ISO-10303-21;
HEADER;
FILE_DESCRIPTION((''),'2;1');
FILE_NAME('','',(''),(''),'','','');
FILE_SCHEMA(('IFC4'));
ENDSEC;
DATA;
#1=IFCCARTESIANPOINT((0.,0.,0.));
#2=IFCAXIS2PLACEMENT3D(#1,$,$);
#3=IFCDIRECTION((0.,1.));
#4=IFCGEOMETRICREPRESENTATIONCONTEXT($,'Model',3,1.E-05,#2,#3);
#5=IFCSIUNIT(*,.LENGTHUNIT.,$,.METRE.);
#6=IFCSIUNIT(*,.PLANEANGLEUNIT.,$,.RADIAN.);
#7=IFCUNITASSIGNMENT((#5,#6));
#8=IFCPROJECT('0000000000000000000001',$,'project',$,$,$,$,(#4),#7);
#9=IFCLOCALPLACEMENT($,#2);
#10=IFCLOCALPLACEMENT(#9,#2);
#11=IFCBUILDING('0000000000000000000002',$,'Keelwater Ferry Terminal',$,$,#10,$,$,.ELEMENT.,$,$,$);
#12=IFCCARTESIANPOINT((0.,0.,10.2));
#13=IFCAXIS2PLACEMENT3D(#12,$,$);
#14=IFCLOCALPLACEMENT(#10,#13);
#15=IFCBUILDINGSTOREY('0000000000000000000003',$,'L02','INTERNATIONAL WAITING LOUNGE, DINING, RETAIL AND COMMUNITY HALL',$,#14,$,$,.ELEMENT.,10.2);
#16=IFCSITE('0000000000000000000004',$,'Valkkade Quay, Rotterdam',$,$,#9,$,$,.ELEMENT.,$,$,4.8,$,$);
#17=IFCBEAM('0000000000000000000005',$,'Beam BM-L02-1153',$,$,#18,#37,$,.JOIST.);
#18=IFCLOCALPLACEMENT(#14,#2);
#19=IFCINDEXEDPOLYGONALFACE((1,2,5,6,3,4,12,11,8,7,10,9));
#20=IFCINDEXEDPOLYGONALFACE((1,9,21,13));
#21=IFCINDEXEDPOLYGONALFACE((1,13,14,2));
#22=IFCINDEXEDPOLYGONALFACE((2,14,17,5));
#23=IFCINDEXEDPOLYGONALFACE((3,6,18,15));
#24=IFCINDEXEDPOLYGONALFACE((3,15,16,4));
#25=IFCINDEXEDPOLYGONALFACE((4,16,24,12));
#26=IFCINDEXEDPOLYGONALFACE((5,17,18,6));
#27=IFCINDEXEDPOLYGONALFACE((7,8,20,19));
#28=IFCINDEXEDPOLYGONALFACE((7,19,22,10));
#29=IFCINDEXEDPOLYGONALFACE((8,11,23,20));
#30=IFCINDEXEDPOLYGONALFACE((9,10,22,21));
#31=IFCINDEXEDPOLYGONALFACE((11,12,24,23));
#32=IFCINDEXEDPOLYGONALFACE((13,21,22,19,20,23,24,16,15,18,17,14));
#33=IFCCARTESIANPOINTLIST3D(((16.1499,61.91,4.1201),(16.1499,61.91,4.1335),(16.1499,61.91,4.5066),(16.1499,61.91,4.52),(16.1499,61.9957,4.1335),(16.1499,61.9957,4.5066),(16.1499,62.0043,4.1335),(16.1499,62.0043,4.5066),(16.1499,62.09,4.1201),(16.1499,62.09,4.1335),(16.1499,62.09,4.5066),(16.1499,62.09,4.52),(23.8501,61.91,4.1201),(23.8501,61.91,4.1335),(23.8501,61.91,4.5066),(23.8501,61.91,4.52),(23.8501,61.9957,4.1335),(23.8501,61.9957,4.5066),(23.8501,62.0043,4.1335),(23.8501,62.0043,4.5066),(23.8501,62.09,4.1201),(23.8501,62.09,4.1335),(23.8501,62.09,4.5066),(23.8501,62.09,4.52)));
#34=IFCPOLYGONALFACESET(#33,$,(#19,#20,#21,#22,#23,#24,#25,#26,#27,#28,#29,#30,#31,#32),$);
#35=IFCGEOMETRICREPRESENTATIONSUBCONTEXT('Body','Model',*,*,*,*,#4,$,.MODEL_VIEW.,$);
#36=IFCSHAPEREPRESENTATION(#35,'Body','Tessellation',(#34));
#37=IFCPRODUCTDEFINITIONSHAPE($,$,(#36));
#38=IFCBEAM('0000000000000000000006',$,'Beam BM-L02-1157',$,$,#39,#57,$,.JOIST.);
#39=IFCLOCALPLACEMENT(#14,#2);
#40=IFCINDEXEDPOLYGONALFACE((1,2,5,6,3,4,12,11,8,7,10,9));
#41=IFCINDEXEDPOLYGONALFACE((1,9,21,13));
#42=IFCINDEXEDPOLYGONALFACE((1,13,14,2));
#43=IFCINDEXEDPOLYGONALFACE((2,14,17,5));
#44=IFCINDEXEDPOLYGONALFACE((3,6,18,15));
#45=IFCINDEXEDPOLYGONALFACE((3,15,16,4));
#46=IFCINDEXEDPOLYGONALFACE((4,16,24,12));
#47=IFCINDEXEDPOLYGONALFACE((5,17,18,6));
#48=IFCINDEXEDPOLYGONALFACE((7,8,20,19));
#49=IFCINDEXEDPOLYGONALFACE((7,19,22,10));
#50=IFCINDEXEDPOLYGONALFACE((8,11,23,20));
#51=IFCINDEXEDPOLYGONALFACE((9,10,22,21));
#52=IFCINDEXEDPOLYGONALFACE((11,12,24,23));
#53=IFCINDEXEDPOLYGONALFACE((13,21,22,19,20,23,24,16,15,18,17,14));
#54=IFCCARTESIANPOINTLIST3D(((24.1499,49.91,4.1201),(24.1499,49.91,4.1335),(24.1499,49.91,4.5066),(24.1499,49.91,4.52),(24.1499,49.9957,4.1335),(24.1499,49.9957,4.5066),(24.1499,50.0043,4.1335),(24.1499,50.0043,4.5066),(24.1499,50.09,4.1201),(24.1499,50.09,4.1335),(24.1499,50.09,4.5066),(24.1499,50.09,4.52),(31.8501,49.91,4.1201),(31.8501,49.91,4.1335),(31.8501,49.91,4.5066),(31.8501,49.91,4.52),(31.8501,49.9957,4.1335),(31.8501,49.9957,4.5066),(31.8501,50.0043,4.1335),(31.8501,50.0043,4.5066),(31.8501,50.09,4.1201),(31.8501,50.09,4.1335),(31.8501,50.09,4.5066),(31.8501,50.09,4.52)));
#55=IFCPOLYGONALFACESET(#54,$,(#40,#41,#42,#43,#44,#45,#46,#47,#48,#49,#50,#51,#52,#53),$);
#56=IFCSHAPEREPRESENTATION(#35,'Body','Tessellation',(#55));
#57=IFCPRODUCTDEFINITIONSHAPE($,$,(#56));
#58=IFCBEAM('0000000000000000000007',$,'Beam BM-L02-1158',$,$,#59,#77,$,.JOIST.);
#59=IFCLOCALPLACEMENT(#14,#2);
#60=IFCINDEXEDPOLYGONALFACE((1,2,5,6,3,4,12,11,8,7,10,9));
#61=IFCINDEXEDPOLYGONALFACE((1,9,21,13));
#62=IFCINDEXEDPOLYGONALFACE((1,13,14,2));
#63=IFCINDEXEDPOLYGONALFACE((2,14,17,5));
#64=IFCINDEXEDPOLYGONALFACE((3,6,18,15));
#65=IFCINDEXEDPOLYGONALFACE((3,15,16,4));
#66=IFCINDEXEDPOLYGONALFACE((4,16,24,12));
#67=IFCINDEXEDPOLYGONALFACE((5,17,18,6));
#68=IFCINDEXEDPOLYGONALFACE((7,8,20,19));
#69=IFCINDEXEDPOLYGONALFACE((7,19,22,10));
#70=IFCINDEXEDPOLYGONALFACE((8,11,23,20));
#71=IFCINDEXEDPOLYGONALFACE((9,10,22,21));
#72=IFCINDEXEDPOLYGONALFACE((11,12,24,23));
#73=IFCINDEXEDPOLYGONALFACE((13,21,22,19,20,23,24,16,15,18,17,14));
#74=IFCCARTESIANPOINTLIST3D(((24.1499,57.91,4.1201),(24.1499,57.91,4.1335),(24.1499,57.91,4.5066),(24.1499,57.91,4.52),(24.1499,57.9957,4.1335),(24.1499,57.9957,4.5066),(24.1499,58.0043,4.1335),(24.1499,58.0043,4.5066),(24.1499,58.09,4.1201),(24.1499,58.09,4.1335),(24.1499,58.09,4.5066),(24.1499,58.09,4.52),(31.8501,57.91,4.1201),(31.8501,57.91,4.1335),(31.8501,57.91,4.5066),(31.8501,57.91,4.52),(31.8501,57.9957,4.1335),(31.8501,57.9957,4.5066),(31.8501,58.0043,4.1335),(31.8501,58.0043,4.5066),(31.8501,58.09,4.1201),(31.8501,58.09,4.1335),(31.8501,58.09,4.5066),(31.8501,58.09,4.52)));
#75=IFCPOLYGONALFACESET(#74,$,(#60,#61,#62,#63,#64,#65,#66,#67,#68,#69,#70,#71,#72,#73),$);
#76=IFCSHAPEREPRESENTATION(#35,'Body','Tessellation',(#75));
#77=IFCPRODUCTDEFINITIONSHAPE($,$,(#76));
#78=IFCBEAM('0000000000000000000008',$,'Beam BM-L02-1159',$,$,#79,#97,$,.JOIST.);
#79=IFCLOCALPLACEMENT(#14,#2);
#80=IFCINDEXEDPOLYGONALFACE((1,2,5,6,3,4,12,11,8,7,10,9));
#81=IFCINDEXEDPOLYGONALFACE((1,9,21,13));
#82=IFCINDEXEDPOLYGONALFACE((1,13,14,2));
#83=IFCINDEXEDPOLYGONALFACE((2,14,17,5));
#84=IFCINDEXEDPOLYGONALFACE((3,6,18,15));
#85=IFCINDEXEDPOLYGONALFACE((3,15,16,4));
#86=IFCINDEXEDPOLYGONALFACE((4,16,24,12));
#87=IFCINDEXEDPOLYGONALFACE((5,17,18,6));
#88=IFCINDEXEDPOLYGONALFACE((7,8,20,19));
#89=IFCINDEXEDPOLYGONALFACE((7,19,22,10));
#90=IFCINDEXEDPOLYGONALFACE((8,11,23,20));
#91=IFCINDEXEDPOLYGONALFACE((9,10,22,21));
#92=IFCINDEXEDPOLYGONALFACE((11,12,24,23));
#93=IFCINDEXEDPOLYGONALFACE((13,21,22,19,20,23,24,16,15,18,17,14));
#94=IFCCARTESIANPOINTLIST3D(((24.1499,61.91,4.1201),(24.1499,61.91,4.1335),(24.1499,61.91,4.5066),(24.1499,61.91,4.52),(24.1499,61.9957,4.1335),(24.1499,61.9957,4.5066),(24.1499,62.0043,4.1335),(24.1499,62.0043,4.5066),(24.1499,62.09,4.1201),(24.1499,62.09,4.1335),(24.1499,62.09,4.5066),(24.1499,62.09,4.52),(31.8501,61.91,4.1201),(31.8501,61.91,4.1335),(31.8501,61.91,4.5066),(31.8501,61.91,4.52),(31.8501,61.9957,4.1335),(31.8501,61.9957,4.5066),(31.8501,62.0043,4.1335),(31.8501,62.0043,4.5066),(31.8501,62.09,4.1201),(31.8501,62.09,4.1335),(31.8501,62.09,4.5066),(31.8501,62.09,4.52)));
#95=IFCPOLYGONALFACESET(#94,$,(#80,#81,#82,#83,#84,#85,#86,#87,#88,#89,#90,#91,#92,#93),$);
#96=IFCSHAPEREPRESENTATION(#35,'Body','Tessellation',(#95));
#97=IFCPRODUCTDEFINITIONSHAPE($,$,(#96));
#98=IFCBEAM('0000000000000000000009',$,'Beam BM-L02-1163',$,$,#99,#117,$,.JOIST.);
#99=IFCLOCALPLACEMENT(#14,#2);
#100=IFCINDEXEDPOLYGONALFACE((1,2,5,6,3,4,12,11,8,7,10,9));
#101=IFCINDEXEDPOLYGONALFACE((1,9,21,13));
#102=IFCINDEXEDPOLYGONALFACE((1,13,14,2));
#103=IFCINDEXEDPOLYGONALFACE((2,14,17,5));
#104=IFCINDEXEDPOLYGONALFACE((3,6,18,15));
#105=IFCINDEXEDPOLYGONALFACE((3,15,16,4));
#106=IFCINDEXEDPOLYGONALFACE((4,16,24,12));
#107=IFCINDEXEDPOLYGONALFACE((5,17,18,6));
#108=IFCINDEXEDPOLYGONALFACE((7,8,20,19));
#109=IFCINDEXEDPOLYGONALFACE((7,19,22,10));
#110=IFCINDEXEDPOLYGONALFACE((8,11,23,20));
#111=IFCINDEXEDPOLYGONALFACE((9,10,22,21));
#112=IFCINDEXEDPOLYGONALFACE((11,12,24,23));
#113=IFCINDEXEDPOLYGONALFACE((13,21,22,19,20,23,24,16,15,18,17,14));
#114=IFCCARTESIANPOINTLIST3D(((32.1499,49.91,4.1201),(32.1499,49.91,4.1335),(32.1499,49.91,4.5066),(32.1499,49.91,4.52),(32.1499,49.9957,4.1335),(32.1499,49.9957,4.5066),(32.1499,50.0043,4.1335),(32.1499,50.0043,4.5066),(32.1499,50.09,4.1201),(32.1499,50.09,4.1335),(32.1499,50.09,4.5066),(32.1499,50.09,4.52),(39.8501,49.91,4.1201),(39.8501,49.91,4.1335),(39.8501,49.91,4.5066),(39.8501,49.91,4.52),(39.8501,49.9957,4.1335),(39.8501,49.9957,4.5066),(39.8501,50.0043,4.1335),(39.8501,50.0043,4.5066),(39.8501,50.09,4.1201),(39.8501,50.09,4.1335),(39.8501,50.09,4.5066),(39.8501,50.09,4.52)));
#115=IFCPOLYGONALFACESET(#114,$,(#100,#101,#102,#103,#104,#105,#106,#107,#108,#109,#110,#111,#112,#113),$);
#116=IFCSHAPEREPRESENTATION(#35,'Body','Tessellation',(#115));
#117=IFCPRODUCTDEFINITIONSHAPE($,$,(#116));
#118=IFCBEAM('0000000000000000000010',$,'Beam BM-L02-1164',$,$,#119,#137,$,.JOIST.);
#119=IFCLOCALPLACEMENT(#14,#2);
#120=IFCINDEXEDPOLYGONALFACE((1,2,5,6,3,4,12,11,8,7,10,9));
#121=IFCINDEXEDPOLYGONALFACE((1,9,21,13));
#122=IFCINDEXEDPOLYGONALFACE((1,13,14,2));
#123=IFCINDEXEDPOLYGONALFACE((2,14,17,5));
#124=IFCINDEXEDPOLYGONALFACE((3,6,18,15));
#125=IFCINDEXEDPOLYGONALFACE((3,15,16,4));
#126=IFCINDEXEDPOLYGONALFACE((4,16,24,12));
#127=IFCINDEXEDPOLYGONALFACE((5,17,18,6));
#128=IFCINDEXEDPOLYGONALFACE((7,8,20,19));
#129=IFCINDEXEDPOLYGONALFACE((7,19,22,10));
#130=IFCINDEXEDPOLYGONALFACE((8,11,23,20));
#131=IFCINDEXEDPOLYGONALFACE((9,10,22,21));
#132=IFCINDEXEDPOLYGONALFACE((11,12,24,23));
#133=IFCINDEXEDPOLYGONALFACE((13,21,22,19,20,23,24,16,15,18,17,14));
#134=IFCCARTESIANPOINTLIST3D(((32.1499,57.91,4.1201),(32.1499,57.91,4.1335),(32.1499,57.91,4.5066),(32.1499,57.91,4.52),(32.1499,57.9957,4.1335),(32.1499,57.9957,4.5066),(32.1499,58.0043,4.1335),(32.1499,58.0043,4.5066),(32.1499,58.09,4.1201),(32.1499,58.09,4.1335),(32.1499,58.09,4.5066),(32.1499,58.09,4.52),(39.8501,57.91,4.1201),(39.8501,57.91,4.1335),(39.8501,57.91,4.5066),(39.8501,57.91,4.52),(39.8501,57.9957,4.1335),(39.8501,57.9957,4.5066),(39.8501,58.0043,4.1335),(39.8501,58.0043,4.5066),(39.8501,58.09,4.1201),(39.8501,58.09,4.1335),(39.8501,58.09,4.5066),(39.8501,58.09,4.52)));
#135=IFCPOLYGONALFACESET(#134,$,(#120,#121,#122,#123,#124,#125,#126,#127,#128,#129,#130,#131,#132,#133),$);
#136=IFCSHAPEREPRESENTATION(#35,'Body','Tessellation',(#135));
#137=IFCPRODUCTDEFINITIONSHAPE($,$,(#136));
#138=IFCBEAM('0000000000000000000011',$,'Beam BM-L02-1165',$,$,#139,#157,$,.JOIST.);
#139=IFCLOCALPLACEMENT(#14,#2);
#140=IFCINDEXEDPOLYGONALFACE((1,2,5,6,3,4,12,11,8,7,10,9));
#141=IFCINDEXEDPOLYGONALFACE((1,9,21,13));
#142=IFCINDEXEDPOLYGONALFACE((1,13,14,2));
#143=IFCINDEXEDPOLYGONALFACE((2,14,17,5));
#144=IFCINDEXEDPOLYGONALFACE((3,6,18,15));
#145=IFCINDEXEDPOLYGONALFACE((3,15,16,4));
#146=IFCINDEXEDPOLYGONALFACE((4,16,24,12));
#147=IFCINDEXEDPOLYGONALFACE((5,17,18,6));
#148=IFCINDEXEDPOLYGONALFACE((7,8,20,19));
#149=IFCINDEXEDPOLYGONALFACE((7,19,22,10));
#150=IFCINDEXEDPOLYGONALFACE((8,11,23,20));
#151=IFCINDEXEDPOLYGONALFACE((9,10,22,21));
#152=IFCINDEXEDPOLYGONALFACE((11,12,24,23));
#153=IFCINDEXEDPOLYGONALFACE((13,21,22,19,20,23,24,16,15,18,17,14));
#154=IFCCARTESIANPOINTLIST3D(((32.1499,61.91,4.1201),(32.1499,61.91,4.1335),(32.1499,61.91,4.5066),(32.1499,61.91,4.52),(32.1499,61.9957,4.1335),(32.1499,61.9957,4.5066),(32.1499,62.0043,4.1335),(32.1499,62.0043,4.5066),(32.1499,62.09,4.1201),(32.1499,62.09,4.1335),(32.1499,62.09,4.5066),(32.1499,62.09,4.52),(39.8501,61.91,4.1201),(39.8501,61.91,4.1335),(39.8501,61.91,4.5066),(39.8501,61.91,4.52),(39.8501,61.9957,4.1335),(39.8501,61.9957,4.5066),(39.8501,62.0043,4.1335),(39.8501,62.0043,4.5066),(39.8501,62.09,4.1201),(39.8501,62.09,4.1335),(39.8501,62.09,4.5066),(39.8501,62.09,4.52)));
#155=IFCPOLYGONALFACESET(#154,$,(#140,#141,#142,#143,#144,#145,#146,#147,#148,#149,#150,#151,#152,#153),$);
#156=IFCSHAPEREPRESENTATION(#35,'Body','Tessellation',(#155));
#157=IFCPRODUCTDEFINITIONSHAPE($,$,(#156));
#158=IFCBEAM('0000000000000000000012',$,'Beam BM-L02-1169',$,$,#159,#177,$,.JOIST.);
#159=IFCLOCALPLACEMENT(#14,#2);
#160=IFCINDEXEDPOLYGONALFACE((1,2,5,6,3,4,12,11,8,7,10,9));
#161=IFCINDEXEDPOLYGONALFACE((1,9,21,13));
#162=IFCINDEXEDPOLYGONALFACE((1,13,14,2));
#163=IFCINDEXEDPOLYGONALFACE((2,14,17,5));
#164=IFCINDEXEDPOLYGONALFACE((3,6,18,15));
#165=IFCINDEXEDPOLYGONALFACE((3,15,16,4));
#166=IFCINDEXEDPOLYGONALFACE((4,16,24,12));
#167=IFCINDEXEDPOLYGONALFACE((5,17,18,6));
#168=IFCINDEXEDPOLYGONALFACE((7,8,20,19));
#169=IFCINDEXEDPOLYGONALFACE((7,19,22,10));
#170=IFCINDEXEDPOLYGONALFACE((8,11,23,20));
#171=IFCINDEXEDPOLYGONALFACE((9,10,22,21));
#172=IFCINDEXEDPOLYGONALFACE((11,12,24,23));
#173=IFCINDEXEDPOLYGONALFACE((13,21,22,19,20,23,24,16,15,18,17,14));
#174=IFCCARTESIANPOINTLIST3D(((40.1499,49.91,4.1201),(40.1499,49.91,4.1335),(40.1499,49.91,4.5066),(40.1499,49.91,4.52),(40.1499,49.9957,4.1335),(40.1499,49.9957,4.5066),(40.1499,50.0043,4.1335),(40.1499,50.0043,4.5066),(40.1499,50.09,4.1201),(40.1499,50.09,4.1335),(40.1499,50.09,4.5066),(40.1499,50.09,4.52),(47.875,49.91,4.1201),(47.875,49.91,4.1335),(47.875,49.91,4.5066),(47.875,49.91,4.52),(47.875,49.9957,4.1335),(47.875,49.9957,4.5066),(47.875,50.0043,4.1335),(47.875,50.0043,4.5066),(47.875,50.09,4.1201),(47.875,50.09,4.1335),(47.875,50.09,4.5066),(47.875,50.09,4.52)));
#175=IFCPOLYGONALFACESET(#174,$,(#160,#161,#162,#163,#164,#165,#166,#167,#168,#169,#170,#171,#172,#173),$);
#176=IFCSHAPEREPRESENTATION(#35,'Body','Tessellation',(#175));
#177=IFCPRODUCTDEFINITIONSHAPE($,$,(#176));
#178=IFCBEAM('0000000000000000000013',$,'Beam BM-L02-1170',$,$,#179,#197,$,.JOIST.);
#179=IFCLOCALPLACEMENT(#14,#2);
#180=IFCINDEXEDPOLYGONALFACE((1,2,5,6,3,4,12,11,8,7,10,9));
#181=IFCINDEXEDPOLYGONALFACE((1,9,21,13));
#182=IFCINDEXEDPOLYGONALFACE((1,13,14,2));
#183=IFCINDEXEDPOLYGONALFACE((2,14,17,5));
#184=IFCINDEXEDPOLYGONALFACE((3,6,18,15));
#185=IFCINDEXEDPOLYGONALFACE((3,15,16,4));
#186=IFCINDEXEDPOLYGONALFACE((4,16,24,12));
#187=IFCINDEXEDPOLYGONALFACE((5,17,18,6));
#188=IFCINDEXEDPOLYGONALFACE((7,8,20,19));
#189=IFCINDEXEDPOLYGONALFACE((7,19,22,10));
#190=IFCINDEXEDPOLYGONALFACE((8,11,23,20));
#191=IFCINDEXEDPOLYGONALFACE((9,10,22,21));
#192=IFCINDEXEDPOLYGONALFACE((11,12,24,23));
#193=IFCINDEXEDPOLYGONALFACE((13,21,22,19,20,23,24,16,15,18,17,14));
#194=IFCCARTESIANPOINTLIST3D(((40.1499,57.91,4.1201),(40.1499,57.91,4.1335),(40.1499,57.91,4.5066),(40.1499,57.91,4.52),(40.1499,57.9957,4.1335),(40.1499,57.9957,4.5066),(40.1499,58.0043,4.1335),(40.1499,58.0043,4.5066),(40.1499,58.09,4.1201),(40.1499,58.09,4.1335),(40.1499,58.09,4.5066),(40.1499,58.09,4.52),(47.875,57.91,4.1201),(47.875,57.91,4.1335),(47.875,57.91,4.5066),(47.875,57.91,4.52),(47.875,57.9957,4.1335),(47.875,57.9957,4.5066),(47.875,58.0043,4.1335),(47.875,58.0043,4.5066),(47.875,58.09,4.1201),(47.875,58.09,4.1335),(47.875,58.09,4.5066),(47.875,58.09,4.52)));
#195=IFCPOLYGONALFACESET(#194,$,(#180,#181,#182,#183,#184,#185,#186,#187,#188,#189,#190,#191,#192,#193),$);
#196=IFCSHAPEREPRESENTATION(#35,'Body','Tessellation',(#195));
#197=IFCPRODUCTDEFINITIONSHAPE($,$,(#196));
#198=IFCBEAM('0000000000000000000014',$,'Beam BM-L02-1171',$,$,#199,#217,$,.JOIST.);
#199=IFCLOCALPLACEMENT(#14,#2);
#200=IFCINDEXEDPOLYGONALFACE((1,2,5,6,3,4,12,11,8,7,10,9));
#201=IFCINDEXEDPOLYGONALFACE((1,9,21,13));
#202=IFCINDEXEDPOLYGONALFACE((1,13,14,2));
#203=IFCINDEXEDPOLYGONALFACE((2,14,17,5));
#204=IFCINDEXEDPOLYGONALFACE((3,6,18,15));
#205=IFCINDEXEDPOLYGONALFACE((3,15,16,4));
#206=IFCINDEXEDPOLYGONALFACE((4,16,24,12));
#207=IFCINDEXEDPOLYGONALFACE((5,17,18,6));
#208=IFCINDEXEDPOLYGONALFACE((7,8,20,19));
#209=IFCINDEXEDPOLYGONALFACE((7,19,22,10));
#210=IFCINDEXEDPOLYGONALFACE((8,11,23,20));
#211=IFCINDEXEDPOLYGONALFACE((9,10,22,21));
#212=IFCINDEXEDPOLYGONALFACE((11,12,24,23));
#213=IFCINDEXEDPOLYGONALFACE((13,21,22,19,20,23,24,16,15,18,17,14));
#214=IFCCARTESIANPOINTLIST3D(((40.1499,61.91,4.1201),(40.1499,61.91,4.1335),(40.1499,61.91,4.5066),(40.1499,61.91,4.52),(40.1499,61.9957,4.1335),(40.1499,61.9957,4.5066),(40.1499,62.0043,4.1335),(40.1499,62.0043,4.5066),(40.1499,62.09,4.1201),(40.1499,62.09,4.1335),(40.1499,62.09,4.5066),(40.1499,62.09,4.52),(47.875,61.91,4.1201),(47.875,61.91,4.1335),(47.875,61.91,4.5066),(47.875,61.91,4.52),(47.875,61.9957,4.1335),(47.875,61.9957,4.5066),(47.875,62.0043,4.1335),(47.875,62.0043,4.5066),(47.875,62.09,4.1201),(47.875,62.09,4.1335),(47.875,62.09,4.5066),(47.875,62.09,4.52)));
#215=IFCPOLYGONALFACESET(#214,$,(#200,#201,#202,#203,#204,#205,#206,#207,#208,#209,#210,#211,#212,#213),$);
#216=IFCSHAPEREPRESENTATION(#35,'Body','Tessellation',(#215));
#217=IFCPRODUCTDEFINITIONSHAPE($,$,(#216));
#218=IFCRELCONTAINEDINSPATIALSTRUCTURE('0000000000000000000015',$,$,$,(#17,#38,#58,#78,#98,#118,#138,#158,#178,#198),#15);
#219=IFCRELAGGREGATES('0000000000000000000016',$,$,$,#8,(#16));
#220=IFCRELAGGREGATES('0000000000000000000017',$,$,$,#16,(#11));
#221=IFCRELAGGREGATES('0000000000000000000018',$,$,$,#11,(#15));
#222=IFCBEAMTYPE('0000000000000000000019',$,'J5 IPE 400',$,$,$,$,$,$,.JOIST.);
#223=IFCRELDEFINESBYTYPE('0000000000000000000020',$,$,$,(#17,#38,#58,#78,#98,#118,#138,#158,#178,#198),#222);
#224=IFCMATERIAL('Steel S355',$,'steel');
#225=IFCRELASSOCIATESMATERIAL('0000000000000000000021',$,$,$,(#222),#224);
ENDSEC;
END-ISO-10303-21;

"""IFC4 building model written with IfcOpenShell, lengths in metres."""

from ifc_helpers import new_model, si_unit, direction, frame, origin, origin_2d, place, context, subcontext, project, spatial, i_section, extrude, material, material_profile, profile_set, type_object, element, save


model = new_model("IFC4")

# Units and contexts
model_context = context("Model", 3, precision=1e-05, world=origin(), true_north=direction((0.0, 1.0)))
body_context = subcontext(model_context, "Body", "Model", "MODEL_VIEW")
ifc_project = project(units=[si_unit("LENGTHUNIT", "METRE"), si_unit("PLANEANGLEUNIT", "RADIAN")], contexts=[model_context])

# Site, building, storey
site_placement = place(None, origin())
site = spatial("IfcSite", under=ifc_project, at=site_placement, Name="Valkkade Quay, Rotterdam", CompositionType="ELEMENT", RefElevation=4.8)
building_placement = place(site_placement, origin())
building = spatial("IfcBuilding", under=site, at=building_placement, Name="Keelwater Ferry Terminal", CompositionType="ELEMENT")
storey_placement = place(building_placement, frame((0.0, 0.0, 10.2)))
storey = spatial("IfcBuildingStorey", under=building, at=storey_placement, Name="L02", Description="INTERNATIONAL WAITING LOUNGE, DINING, RETAIL AND COMMUNITY HALL", CompositionType="ELEMENT", Elevation=10.2)

# Beams
ifc_material_1 = material(Name="Steel S355", Category="steel")
ifc_material_profile_1 = material_profile(ifc_material_1, i_section(OverallWidth=0.1799, OverallDepth=0.3999, WebThickness=0.0085, FlangeThickness=0.0134, at=origin_2d()), Name="IPE 400")
ifc_profile_set_1 = profile_set([ifc_material_profile_1], Name="Steel S355")
beam_type_1 = type_object("IfcBeamType", Name="J5 IPE 400", PredefinedType="JOIST", material=ifc_profile_set_1)
for number, where, z_axis, x_axis, name in (
    (1, (16.1499, 62.0, 4.3201), (1.0, 0.0, 0.0), (0.0, 1.0, 0.0), "Beam BM-L02-1153"),
    (2, (24.1499, 50.0, 4.3201), (1.0, 0.0, 0.0), (0.0, 1.0, 0.0), "Beam BM-L02-1157"),
    (3, (24.1499, 58.0, 4.3201), (1.0, 0.0, 0.0), (0.0, 1.0, 0.0), "Beam BM-L02-1158"),
    (4, (24.1499, 62.0, 4.3201), (1.0, 0.0, 0.0), (0.0, 1.0, 0.0), "Beam BM-L02-1159"),
    (5, (32.1499, 50.0, 4.3201), (1.0, 0.0, 0.0), (0.0, 1.0, 0.0), "Beam BM-L02-1163"),
    (6, (32.1499, 58.0, 4.3201), (1.0, 0.0, 0.0), (0.0, 1.0, 0.0), "Beam BM-L02-1164"),
    (7, (32.1499, 62.0, 4.3201), (1.0, 0.0, 0.0), (0.0, 1.0, 0.0), "Beam BM-L02-1165"),
):
    element("IfcBeam", number, at=place(storey_placement, frame(where, z_axis=z_axis, x_axis=x_axis)), inside=storey, type_object=beam_type_1, Name=name, PredefinedType="JOIST", context=body_context, shape_type="SweptSolid", body=[
        extrude(i_section(OverallWidth=0.1799, OverallDepth=0.3999, WebThickness=0.0085, FlangeThickness=0.0134, at=origin_2d()), origin(), (0.0, 0.0, 1.0), 7.7002),
    ])
for number, where, z_axis, x_axis, name in (
    (8, (40.1499, 50.0, 4.3201), (1.0, 0.0, 0.0), (0.0, 1.0, 0.0), "Beam BM-L02-1169"),
    (9, (40.1499, 58.0, 4.3201), (1.0, 0.0, 0.0), (0.0, 1.0, 0.0), "Beam BM-L02-1170"),
    (10, (40.1499, 62.0, 4.3201), (1.0, 0.0, 0.0), (0.0, 1.0, 0.0), "Beam BM-L02-1171"),
):
    element("IfcBeam", number, at=place(storey_placement, frame(where, z_axis=z_axis, x_axis=x_axis)), inside=storey, type_object=beam_type_1, Name=name, PredefinedType="JOIST", context=body_context, shape_type="SweptSolid", body=[
        extrude(i_section(OverallWidth=0.1799, OverallDepth=0.3999, WebThickness=0.0085, FlangeThickness=0.0134, at=origin_2d()), origin(), (0.0, 0.0, 1.0), 7.7251),
    ])

save(model, "model.ifc")
